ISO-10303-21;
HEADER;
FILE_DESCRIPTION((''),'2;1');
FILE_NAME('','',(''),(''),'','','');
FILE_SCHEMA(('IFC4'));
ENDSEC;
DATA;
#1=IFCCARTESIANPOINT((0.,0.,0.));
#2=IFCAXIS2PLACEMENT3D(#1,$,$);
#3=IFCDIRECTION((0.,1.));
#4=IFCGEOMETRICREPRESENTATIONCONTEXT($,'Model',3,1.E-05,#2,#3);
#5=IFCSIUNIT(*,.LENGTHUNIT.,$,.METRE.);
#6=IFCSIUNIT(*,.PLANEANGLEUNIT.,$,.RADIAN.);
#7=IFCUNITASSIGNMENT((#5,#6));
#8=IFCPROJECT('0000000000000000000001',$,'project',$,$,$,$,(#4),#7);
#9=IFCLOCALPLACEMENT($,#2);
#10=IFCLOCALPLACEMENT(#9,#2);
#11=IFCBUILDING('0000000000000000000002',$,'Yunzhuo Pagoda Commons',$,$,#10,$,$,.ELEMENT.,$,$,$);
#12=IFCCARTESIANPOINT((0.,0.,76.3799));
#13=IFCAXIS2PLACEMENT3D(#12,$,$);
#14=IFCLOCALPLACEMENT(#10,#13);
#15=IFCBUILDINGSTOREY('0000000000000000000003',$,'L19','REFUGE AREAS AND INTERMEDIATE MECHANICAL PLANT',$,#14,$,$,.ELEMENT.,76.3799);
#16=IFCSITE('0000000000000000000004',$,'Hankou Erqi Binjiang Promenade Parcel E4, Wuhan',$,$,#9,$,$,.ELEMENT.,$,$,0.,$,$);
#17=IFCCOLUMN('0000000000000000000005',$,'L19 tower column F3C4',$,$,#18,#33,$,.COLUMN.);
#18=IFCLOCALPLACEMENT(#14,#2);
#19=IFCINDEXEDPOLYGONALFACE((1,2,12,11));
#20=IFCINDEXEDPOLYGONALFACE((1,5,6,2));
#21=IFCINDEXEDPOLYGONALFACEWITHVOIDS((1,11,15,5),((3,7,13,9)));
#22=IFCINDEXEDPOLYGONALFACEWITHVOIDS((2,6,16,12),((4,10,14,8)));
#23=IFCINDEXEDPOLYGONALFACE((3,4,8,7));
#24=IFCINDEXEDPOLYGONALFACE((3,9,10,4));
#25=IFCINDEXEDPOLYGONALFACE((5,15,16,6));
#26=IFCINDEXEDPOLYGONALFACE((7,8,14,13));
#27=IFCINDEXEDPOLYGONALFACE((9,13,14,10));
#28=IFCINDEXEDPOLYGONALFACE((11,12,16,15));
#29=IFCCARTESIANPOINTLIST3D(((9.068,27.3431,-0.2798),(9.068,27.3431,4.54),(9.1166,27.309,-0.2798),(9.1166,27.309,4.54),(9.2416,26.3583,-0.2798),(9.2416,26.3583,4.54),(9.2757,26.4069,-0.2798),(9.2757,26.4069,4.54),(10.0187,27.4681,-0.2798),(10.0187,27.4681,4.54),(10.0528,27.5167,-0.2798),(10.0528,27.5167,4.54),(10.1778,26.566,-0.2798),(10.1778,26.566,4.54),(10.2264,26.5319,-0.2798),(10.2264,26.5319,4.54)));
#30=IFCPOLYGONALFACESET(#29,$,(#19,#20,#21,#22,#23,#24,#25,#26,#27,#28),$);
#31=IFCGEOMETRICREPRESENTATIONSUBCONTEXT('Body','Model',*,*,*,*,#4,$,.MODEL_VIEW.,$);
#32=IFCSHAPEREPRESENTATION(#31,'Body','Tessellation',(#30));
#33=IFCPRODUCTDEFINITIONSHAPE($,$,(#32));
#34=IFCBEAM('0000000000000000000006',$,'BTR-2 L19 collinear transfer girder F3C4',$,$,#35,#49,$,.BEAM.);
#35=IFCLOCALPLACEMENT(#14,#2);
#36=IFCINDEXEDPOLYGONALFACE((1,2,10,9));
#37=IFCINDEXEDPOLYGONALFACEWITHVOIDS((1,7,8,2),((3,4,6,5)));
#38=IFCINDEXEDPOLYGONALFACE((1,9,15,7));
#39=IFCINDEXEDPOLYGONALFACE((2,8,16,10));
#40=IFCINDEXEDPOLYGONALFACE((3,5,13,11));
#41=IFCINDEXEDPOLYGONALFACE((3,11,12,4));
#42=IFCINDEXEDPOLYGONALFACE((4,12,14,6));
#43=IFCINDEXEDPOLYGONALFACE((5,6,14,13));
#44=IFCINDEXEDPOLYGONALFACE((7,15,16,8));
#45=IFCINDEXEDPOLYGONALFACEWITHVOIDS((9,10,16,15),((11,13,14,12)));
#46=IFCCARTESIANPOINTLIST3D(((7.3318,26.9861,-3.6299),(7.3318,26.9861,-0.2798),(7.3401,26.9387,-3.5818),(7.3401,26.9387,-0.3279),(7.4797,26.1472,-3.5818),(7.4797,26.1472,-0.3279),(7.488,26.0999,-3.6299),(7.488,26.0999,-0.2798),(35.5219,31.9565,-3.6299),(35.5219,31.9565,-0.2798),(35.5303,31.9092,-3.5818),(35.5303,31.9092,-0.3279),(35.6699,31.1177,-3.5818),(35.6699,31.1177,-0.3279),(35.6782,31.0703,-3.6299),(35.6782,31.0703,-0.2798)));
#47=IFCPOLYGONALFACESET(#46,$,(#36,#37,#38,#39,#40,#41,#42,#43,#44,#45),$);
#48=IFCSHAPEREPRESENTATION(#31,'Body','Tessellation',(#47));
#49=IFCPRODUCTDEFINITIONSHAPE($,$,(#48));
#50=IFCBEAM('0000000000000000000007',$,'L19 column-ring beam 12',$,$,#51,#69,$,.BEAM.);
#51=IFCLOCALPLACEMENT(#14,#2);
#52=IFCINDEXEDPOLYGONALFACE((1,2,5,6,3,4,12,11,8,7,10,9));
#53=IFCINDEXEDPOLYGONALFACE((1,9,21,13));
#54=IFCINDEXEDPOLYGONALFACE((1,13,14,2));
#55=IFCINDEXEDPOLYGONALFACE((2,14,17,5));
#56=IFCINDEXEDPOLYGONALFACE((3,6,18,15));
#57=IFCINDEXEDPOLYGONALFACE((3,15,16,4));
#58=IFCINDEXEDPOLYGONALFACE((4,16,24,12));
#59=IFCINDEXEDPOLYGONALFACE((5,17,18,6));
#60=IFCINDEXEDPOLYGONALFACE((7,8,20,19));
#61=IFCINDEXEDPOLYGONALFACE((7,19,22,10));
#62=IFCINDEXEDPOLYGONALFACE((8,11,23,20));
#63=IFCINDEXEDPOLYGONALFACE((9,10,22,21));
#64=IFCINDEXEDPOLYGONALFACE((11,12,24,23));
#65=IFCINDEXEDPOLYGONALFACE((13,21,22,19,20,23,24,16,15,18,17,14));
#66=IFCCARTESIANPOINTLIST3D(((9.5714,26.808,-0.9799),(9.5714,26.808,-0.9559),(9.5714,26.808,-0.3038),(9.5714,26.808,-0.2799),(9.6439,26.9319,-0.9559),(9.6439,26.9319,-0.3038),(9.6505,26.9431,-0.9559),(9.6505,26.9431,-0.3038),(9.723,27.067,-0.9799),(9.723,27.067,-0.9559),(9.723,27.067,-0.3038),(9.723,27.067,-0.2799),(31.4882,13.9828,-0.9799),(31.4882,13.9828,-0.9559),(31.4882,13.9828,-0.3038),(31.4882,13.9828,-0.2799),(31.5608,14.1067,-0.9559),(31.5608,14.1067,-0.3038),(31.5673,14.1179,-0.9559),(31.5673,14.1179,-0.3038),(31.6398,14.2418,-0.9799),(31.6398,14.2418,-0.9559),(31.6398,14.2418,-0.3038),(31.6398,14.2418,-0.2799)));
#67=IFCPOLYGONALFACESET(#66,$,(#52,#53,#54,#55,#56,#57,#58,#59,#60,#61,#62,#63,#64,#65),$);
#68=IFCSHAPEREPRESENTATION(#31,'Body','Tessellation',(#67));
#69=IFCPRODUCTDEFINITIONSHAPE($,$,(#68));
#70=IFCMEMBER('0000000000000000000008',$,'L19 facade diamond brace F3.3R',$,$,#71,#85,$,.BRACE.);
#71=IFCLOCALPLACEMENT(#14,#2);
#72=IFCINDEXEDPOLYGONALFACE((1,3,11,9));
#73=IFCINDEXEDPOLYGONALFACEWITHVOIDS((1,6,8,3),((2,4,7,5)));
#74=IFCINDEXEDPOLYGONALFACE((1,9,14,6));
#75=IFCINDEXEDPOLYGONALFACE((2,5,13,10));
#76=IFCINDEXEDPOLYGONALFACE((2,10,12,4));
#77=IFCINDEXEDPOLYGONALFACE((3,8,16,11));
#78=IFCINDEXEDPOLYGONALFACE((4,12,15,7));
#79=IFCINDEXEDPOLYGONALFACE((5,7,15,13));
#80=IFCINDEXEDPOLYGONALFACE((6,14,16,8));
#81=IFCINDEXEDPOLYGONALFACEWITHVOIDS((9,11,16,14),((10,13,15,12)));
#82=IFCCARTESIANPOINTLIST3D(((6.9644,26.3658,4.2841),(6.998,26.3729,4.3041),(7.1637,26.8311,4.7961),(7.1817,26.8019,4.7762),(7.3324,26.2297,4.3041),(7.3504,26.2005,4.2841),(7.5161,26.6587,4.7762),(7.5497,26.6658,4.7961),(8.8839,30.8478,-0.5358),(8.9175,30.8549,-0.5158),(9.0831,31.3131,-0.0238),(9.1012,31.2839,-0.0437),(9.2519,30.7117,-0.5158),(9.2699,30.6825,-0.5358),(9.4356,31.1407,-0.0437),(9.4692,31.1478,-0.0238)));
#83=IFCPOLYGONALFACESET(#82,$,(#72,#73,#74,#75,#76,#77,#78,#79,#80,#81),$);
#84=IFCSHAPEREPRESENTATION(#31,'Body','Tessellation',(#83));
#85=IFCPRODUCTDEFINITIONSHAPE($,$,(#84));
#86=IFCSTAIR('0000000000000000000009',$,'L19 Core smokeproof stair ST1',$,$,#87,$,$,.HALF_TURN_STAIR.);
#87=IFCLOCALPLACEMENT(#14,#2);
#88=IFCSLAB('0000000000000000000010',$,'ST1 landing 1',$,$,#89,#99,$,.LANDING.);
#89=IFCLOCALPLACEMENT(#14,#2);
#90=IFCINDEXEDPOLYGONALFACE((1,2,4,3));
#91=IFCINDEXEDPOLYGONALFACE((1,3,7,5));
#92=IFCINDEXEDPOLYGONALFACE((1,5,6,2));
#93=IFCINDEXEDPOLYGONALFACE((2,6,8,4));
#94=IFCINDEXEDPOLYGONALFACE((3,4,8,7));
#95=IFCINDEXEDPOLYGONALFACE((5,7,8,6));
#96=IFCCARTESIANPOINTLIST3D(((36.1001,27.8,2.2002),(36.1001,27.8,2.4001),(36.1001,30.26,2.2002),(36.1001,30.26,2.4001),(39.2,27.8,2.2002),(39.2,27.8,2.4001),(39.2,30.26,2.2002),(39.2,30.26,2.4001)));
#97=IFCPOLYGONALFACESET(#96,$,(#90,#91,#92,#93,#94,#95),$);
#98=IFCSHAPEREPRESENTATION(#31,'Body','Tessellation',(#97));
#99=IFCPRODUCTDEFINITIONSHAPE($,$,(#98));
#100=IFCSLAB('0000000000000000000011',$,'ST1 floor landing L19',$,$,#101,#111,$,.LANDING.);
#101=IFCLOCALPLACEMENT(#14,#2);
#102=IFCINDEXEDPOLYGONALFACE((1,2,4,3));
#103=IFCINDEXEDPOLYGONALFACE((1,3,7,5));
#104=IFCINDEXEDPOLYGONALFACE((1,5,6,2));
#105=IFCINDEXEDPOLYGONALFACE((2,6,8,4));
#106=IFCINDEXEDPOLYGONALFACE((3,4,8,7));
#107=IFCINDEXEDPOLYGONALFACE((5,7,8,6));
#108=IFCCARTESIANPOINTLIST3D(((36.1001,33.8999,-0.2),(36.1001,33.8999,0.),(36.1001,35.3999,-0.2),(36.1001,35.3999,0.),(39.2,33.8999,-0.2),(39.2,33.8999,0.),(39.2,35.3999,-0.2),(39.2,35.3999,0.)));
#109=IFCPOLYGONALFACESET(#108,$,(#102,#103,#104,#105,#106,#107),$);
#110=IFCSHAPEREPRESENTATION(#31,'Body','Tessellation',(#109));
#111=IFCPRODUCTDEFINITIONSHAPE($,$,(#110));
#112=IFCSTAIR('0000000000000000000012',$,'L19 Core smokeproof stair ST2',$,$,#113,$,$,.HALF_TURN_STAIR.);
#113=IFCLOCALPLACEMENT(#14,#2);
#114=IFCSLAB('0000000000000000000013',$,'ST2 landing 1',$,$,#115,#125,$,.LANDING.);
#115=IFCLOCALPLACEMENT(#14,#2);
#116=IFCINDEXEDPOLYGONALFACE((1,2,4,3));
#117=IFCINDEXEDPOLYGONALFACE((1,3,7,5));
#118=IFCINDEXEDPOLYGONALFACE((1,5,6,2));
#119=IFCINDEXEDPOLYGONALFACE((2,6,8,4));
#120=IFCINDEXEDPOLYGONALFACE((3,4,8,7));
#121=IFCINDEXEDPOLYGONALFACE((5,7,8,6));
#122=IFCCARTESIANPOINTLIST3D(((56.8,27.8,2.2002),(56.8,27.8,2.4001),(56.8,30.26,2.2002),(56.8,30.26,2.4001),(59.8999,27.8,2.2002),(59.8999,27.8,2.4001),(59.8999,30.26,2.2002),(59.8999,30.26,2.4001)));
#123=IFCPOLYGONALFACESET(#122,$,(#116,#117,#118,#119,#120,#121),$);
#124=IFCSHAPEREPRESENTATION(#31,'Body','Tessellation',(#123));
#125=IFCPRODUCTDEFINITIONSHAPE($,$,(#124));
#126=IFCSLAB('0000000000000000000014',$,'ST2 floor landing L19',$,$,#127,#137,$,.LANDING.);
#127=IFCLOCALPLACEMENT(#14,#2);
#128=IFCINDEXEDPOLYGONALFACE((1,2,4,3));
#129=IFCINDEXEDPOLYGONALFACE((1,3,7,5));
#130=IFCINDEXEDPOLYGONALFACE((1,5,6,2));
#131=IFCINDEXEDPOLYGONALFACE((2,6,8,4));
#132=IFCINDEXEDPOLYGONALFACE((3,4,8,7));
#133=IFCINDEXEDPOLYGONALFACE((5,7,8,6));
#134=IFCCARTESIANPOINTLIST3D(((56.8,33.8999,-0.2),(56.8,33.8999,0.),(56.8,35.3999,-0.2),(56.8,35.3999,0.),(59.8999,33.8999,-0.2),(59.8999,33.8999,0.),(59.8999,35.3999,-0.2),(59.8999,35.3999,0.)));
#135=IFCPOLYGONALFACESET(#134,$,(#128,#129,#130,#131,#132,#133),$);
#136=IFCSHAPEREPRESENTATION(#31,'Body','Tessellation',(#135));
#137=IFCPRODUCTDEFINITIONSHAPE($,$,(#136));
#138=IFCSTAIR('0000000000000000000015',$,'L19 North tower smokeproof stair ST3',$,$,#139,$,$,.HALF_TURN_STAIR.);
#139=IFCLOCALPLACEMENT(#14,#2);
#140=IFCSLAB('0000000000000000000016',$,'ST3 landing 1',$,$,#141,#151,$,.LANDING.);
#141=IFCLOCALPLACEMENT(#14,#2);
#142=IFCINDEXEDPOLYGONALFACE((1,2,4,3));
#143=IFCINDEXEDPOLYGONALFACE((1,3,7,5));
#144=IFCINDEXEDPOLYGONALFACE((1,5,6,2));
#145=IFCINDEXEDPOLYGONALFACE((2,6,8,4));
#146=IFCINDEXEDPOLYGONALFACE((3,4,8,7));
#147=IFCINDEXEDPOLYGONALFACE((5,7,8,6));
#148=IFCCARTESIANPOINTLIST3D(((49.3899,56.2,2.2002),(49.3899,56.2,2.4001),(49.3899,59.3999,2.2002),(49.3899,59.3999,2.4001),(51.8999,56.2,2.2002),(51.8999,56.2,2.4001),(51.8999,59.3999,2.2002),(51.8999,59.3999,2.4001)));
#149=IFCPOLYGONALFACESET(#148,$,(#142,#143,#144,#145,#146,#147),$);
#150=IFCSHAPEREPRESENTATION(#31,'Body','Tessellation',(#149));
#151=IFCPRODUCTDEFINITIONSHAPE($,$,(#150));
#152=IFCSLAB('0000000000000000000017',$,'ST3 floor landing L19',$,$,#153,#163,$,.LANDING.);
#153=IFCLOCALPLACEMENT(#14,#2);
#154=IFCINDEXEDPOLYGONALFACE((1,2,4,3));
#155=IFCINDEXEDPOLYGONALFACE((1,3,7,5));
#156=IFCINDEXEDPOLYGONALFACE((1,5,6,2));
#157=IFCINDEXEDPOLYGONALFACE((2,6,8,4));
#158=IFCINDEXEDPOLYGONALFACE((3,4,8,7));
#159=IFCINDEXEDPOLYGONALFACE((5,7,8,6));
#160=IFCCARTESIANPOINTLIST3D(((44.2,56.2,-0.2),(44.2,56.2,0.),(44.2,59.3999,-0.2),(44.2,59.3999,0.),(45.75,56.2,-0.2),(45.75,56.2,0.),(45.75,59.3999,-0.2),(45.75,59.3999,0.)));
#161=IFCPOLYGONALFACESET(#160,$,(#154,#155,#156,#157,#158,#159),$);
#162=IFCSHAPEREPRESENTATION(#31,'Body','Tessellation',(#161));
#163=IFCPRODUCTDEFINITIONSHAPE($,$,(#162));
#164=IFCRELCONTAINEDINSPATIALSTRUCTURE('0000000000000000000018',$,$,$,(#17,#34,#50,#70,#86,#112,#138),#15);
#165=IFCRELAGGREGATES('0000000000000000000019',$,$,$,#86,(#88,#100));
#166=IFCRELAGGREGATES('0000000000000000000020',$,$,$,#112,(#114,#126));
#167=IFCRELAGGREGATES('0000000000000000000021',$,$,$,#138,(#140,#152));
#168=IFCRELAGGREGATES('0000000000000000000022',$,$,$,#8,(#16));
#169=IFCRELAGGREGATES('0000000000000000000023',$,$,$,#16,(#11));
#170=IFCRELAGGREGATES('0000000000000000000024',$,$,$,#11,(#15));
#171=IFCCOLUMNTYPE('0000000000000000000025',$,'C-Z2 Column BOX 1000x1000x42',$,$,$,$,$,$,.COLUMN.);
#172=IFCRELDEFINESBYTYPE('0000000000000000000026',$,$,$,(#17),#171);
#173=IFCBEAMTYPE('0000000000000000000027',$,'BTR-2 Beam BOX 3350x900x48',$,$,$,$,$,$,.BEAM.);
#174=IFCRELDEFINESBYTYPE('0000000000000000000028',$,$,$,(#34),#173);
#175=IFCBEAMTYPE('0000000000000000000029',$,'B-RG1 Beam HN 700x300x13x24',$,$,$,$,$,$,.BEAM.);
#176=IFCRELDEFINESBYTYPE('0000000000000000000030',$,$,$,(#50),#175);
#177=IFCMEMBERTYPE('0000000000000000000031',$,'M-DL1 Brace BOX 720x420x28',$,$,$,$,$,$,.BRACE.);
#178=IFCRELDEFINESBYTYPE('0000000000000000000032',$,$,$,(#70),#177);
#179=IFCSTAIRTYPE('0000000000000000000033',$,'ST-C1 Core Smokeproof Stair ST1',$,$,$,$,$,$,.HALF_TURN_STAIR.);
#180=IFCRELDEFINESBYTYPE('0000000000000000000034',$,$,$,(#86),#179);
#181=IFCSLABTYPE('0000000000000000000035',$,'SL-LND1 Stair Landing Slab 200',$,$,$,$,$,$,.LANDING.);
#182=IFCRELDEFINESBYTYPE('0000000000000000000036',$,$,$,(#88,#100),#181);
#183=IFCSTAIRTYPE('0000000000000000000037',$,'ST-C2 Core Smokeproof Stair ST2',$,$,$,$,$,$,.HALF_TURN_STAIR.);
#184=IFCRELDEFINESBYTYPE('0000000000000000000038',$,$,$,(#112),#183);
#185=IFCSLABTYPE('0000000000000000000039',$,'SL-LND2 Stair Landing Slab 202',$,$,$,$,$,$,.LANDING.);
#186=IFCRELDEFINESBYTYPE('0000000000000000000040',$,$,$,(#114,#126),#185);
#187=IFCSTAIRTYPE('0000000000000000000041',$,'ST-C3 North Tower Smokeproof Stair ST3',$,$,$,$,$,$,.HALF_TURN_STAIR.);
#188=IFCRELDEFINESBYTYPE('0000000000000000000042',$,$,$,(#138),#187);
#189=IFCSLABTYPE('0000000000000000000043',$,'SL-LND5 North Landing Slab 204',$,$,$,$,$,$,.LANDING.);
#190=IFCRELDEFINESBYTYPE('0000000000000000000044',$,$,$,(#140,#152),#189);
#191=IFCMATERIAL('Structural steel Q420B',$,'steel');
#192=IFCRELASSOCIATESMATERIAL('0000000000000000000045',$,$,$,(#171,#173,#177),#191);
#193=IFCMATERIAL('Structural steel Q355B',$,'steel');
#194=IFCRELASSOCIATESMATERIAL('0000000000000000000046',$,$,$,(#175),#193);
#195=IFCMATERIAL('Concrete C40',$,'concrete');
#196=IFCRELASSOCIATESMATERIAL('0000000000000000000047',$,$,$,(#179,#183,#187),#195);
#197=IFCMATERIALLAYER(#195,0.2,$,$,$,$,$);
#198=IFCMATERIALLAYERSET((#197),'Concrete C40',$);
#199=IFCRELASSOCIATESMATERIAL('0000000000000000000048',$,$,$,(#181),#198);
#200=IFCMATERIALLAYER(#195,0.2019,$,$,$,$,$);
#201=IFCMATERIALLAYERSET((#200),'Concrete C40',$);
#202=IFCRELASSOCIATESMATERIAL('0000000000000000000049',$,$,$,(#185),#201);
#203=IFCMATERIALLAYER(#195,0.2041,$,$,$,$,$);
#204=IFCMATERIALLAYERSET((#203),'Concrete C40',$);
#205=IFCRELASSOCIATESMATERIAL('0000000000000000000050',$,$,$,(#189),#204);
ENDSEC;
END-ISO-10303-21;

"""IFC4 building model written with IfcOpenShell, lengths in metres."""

from ifc_helpers import new_model, si_unit, direction, frame, origin, origin_2d, place, context, subcontext, project, spatial, polyline, hollow_rectangle, i_section, outline, extrude, source, transform, mapped, material, layer, layer_set, material_profile, profile_set, type_object, element, aggregate, save


model = new_model("IFC4")

# Units and contexts
model_context = context("Model", 3, precision=1e-05, world=origin(), true_north=direction((0.0, 1.0)))
body_context = subcontext(model_context, "Body", "Model", "MODEL_VIEW")
ifc_project = project(units=[si_unit("LENGTHUNIT", "METRE"), si_unit("PLANEANGLEUNIT", "RADIAN")], contexts=[model_context])

# Site, building, storey
site_placement = place(None, origin())
site = spatial("IfcSite", under=ifc_project, at=site_placement, Name="Hankou Erqi Binjiang Promenade Parcel E4, Wuhan", CompositionType="ELEMENT", RefElevation=0.0)
building_placement = place(site_placement, origin())
building = spatial("IfcBuilding", under=site, at=building_placement, Name="Yunzhuo Pagoda Commons", CompositionType="ELEMENT")
storey_placement = place(building_placement, frame((0.0, 0.0, 76.3799)))
storey = spatial("IfcBuildingStorey", under=building, at=storey_placement, Name="L19", Description="REFUGE AREAS AND INTERMEDIATE MECHANICAL PLANT", CompositionType="ELEMENT", Elevation=76.3799)

# Column
ifc_material_1 = material(Name="Structural steel Q420B", Category="steel")
ifc_material_profile_1 = material_profile(ifc_material_1, hollow_rectangle(XDim=1.0, YDim=1.0, WallThickness=0.042, at=origin_2d()), Name="Structural steel Q420B")
ifc_profile_set_1 = profile_set([ifc_material_profile_1], Name="Structural steel Q420B")
column_type = type_object("IfcColumnType", Name="C-Z2 Column BOX 1000x1000x42", PredefinedType="COLUMN", material=ifc_profile_set_1)
shared_shape_1 = source(origin(), body_context, "Body", "SweptSolid", [
    extrude(hollow_rectangle(XDim=1.0, YDim=1.0, WallThickness=0.042, at=origin_2d()), origin(), (0.0, 0.0, 1.0), 4.8198),
])
column_placement = place(storey_placement, frame((9.6472, 26.9375, -0.2798), z_axis=(0.0, 0.0, 1.0), x_axis=(0.173648, -0.984808, 0.0)))
element("IfcColumn", 1, at=column_placement, inside=storey, type_object=column_type, Name="L19 tower column F3C4", PredefinedType="COLUMN", context=body_context, shape_type="MappedRepresentation", body=[
    mapped(shared_shape_1, transform((0.0, 0.0, 0.0), scale=1.0)),
])

# Beams
ifc_material_profile_2 = material_profile(ifc_material_1, hollow_rectangle(XDim=0.8999, YDim=3.3501, WallThickness=0.0481, at=origin_2d()), Name="Structural steel Q420B")
ifc_profile_set_2 = profile_set([ifc_material_profile_2], Name="Structural steel Q420B")
beam_type_1 = type_object("IfcBeamType", Name="BTR-2 Beam BOX 3350x900x48", PredefinedType="BEAM", material=ifc_profile_set_2)
shared_shape_2 = source(origin(), body_context, "Body", "SweptSolid", [
    extrude(hollow_rectangle(XDim=0.8999, YDim=3.3501, WallThickness=0.0481, at=origin_2d()), origin(), (0.0, 0.0, 1.0), 28.625),
])
beam_1_placement = place(storey_placement, frame((7.4099, 26.543, -1.9548), z_axis=(0.984809, 0.17364, 0.0), x_axis=(-0.17364, 0.984809, 0.0)))
element("IfcBeam", 2, at=beam_1_placement, inside=storey, type_object=beam_type_1, Name="BTR-2 L19 collinear transfer girder F3C4", PredefinedType="BEAM", context=body_context, shape_type="MappedRepresentation", body=[
    mapped(shared_shape_2, transform((0.0, 0.0, 0.0), scale=1.0)),
])
ifc_material_2 = material(Name="Structural steel Q355B", Category="steel")
ifc_material_profile_3 = material_profile(ifc_material_2, i_section(OverallWidth=0.3, OverallDepth=0.7, WebThickness=0.0129, FlangeThickness=0.0239, at=origin_2d()), Name="Structural steel Q355B")
ifc_profile_set_3 = profile_set([ifc_material_profile_3], Name="Structural steel Q355B")
beam_type_2 = type_object("IfcBeamType", Name="B-RG1 Beam HN 700x300x13x24", PredefinedType="BEAM", material=ifc_profile_set_3)
shared_shape_3 = source(origin(), body_context, "Body", "SweptSolid", [
    extrude(i_section(OverallWidth=0.3, OverallDepth=0.7, WebThickness=0.0129, FlangeThickness=0.0239, at=origin_2d()), origin(), (0.0, 0.0, 1.0), 25.3936),
])
beam_2_placement = place(storey_placement, frame((9.6472, 26.9375, -0.6299), z_axis=(0.863085, -0.505058, 0.0), x_axis=(0.505058, 0.863085, 0.0)))
element("IfcBeam", 3, at=beam_2_placement, inside=storey, type_object=beam_type_2, Name="L19 column-ring beam 12", PredefinedType="BEAM", context=body_context, shape_type="MappedRepresentation", body=[
    mapped(shared_shape_3, transform((0.0, 0.0, 0.0), scale=1.0)),
])

# Member
ifc_material_profile_4 = material_profile(ifc_material_1, hollow_rectangle(XDim=0.4199, YDim=0.72, WallThickness=0.0281, at=origin_2d()), Name="Structural steel Q420B")
ifc_profile_set_4 = profile_set([ifc_material_profile_4], Name="Structural steel Q420B")
member_type = type_object("IfcMemberType", Name="M-DL1 Brace BOX 720x420x28", PredefinedType="BRACE", material=ifc_profile_set_4)
shared_shape_4 = source(origin(), body_context, "Body", "SweptSolid", [
    extrude(hollow_rectangle(XDim=0.4199, YDim=0.72, WallThickness=0.0281, at=origin_2d()), origin(), (0.0, 0.0, 1.0), 6.856),
])
member_placement = place(storey_placement, frame((9.1765, 30.9978, -0.2798), z_axis=(-0.27997, -0.653739, 0.703024), x_axis=(0.919249, -0.393678, 0.0)))
element("IfcMember", 4, at=member_placement, inside=storey, type_object=member_type, Name="L19 facade diamond brace F3.3R", PredefinedType="BRACE", context=body_context, shape_type="MappedRepresentation", body=[
    mapped(shared_shape_4, transform((0.0, 0.0, 0.0), scale=1.0)),
])

# Stairs, slabs
ifc_material_3 = material(Name="Concrete C40", Category="concrete")
stair_type_1 = type_object("IfcStairType", Name="ST-C1 Core Smokeproof Stair ST1", PredefinedType="HALF_TURN_STAIR", material=ifc_material_3)
stair_1_placement = place(storey_placement, origin())
stair_1 = element("IfcStair", 5, at=stair_1_placement, inside=storey, type_object=stair_type_1, Name="L19 Core smokeproof stair ST1", PredefinedType="HALF_TURN_STAIR")
ifc_layer_1 = layer(ifc_material_3, 0.2)
ifc_layer_set_1 = layer_set([ifc_layer_1], Name="Concrete C40")
slab_type_1 = type_object("IfcSlabType", Name="SL-LND1 Stair Landing Slab 200", PredefinedType="LANDING", material=ifc_layer_set_1)
slab_1_placement = place(storey_placement, frame((0.0, 0.0, 2.2002)))
slab_1 = element("IfcSlab", 6, at=slab_1_placement, type_object=slab_type_1, Name="ST1 landing 1", PredefinedType="LANDING", context=body_context, shape_type="SweptSolid", body=[
    extrude(outline(polyline([(36.1001, 30.26), (36.1001, 27.8), (39.2, 27.8), (39.2, 30.26), (36.1001, 30.26)])), origin(), (0.0, 0.0, 1.0), 0.2),
])
slab_2_placement = place(storey_placement, frame((0.0, 0.0, -0.2)))
slab_2 = element("IfcSlab", 7, at=slab_2_placement, type_object=slab_type_1, Name="ST1 floor landing L19", PredefinedType="LANDING", context=body_context, shape_type="SweptSolid", body=[
    extrude(outline(polyline([(36.1001, 35.3999), (36.1001, 33.8999), (39.2, 33.8999), (39.2, 35.3999), (36.1001, 35.3999)])), origin(), (0.0, 0.0, 1.0), 0.2),
])
aggregate(stair_1, [slab_1, slab_2])
stair_type_2 = type_object("IfcStairType", Name="ST-C2 Core Smokeproof Stair ST2", PredefinedType="HALF_TURN_STAIR", material=ifc_material_3)
stair_2_placement = place(storey_placement, origin())
stair_2 = element("IfcStair", 8, at=stair_2_placement, inside=storey, type_object=stair_type_2, Name="L19 Core smokeproof stair ST2", PredefinedType="HALF_TURN_STAIR")
ifc_layer_2 = layer(ifc_material_3, 0.2019)
ifc_layer_set_2 = layer_set([ifc_layer_2], Name="Concrete C40")
slab_type_2 = type_object("IfcSlabType", Name="SL-LND2 Stair Landing Slab 202", PredefinedType="LANDING", material=ifc_layer_set_2)
slab_3_placement = place(storey_placement, frame((0.0, 0.0, 2.2002)))
slab_3 = element("IfcSlab", 9, at=slab_3_placement, type_object=slab_type_2, Name="ST2 landing 1", PredefinedType="LANDING", context=body_context, shape_type="SweptSolid", body=[
    extrude(outline(polyline([(56.8, 30.26), (56.8, 27.8), (59.8999, 27.8), (59.8999, 30.26), (56.8, 30.26)])), origin(), (0.0, 0.0, 1.0), 0.2),
])
slab_4_placement = place(storey_placement, frame((0.0, 0.0, -0.2)))
slab_4 = element("IfcSlab", 10, at=slab_4_placement, type_object=slab_type_2, Name="ST2 floor landing L19", PredefinedType="LANDING", context=body_context, shape_type="SweptSolid", body=[
    extrude(outline(polyline([(56.8, 35.3999), (56.8, 33.8999), (59.8999, 33.8999), (59.8999, 35.3999), (56.8, 35.3999)])), origin(), (0.0, 0.0, 1.0), 0.2),
])
aggregate(stair_2, [slab_3, slab_4])
stair_type_3 = type_object("IfcStairType", Name="ST-C3 North Tower Smokeproof Stair ST3", PredefinedType="HALF_TURN_STAIR", material=ifc_material_3)
stair_3_placement = place(storey_placement, origin())
stair_3 = element("IfcStair", 11, at=stair_3_placement, inside=storey, type_object=stair_type_3, Name="L19 North tower smokeproof stair ST3", PredefinedType="HALF_TURN_STAIR")
ifc_layer_3 = layer(ifc_material_3, 0.2041)
ifc_layer_set_3 = layer_set([ifc_layer_3], Name="Concrete C40")
slab_type_3 = type_object("IfcSlabType", Name="SL-LND5 North Landing Slab 204", PredefinedType="LANDING", material=ifc_layer_set_3)
slab_5_placement = place(storey_placement, frame((0.0, 0.0, 2.2002)))
slab_5 = element("IfcSlab", 12, at=slab_5_placement, type_object=slab_type_3, Name="ST3 landing 1", PredefinedType="LANDING", context=body_context, shape_type="SweptSolid", body=[
    extrude(outline(polyline([(49.3899, 56.2), (51.8999, 56.2), (51.8999, 59.3999), (49.3899, 59.3999), (49.3899, 56.2)])), origin(), (0.0, 0.0, 1.0), 0.2),
])
slab_6_placement = place(storey_placement, frame((0.0, 0.0, -0.2)))
slab_6 = element("IfcSlab", 13, at=slab_6_placement, type_object=slab_type_3, Name="ST3 floor landing L19", PredefinedType="LANDING", context=body_context, shape_type="SweptSolid", body=[
    extrude(outline(polyline([(44.2, 56.2), (45.75, 56.2), (45.75, 59.3999), (44.2, 59.3999), (44.2, 56.2)])), origin(), (0.0, 0.0, 1.0), 0.2),
])
aggregate(stair_3, [slab_5, slab_6])

save(model, "model.ifc")
